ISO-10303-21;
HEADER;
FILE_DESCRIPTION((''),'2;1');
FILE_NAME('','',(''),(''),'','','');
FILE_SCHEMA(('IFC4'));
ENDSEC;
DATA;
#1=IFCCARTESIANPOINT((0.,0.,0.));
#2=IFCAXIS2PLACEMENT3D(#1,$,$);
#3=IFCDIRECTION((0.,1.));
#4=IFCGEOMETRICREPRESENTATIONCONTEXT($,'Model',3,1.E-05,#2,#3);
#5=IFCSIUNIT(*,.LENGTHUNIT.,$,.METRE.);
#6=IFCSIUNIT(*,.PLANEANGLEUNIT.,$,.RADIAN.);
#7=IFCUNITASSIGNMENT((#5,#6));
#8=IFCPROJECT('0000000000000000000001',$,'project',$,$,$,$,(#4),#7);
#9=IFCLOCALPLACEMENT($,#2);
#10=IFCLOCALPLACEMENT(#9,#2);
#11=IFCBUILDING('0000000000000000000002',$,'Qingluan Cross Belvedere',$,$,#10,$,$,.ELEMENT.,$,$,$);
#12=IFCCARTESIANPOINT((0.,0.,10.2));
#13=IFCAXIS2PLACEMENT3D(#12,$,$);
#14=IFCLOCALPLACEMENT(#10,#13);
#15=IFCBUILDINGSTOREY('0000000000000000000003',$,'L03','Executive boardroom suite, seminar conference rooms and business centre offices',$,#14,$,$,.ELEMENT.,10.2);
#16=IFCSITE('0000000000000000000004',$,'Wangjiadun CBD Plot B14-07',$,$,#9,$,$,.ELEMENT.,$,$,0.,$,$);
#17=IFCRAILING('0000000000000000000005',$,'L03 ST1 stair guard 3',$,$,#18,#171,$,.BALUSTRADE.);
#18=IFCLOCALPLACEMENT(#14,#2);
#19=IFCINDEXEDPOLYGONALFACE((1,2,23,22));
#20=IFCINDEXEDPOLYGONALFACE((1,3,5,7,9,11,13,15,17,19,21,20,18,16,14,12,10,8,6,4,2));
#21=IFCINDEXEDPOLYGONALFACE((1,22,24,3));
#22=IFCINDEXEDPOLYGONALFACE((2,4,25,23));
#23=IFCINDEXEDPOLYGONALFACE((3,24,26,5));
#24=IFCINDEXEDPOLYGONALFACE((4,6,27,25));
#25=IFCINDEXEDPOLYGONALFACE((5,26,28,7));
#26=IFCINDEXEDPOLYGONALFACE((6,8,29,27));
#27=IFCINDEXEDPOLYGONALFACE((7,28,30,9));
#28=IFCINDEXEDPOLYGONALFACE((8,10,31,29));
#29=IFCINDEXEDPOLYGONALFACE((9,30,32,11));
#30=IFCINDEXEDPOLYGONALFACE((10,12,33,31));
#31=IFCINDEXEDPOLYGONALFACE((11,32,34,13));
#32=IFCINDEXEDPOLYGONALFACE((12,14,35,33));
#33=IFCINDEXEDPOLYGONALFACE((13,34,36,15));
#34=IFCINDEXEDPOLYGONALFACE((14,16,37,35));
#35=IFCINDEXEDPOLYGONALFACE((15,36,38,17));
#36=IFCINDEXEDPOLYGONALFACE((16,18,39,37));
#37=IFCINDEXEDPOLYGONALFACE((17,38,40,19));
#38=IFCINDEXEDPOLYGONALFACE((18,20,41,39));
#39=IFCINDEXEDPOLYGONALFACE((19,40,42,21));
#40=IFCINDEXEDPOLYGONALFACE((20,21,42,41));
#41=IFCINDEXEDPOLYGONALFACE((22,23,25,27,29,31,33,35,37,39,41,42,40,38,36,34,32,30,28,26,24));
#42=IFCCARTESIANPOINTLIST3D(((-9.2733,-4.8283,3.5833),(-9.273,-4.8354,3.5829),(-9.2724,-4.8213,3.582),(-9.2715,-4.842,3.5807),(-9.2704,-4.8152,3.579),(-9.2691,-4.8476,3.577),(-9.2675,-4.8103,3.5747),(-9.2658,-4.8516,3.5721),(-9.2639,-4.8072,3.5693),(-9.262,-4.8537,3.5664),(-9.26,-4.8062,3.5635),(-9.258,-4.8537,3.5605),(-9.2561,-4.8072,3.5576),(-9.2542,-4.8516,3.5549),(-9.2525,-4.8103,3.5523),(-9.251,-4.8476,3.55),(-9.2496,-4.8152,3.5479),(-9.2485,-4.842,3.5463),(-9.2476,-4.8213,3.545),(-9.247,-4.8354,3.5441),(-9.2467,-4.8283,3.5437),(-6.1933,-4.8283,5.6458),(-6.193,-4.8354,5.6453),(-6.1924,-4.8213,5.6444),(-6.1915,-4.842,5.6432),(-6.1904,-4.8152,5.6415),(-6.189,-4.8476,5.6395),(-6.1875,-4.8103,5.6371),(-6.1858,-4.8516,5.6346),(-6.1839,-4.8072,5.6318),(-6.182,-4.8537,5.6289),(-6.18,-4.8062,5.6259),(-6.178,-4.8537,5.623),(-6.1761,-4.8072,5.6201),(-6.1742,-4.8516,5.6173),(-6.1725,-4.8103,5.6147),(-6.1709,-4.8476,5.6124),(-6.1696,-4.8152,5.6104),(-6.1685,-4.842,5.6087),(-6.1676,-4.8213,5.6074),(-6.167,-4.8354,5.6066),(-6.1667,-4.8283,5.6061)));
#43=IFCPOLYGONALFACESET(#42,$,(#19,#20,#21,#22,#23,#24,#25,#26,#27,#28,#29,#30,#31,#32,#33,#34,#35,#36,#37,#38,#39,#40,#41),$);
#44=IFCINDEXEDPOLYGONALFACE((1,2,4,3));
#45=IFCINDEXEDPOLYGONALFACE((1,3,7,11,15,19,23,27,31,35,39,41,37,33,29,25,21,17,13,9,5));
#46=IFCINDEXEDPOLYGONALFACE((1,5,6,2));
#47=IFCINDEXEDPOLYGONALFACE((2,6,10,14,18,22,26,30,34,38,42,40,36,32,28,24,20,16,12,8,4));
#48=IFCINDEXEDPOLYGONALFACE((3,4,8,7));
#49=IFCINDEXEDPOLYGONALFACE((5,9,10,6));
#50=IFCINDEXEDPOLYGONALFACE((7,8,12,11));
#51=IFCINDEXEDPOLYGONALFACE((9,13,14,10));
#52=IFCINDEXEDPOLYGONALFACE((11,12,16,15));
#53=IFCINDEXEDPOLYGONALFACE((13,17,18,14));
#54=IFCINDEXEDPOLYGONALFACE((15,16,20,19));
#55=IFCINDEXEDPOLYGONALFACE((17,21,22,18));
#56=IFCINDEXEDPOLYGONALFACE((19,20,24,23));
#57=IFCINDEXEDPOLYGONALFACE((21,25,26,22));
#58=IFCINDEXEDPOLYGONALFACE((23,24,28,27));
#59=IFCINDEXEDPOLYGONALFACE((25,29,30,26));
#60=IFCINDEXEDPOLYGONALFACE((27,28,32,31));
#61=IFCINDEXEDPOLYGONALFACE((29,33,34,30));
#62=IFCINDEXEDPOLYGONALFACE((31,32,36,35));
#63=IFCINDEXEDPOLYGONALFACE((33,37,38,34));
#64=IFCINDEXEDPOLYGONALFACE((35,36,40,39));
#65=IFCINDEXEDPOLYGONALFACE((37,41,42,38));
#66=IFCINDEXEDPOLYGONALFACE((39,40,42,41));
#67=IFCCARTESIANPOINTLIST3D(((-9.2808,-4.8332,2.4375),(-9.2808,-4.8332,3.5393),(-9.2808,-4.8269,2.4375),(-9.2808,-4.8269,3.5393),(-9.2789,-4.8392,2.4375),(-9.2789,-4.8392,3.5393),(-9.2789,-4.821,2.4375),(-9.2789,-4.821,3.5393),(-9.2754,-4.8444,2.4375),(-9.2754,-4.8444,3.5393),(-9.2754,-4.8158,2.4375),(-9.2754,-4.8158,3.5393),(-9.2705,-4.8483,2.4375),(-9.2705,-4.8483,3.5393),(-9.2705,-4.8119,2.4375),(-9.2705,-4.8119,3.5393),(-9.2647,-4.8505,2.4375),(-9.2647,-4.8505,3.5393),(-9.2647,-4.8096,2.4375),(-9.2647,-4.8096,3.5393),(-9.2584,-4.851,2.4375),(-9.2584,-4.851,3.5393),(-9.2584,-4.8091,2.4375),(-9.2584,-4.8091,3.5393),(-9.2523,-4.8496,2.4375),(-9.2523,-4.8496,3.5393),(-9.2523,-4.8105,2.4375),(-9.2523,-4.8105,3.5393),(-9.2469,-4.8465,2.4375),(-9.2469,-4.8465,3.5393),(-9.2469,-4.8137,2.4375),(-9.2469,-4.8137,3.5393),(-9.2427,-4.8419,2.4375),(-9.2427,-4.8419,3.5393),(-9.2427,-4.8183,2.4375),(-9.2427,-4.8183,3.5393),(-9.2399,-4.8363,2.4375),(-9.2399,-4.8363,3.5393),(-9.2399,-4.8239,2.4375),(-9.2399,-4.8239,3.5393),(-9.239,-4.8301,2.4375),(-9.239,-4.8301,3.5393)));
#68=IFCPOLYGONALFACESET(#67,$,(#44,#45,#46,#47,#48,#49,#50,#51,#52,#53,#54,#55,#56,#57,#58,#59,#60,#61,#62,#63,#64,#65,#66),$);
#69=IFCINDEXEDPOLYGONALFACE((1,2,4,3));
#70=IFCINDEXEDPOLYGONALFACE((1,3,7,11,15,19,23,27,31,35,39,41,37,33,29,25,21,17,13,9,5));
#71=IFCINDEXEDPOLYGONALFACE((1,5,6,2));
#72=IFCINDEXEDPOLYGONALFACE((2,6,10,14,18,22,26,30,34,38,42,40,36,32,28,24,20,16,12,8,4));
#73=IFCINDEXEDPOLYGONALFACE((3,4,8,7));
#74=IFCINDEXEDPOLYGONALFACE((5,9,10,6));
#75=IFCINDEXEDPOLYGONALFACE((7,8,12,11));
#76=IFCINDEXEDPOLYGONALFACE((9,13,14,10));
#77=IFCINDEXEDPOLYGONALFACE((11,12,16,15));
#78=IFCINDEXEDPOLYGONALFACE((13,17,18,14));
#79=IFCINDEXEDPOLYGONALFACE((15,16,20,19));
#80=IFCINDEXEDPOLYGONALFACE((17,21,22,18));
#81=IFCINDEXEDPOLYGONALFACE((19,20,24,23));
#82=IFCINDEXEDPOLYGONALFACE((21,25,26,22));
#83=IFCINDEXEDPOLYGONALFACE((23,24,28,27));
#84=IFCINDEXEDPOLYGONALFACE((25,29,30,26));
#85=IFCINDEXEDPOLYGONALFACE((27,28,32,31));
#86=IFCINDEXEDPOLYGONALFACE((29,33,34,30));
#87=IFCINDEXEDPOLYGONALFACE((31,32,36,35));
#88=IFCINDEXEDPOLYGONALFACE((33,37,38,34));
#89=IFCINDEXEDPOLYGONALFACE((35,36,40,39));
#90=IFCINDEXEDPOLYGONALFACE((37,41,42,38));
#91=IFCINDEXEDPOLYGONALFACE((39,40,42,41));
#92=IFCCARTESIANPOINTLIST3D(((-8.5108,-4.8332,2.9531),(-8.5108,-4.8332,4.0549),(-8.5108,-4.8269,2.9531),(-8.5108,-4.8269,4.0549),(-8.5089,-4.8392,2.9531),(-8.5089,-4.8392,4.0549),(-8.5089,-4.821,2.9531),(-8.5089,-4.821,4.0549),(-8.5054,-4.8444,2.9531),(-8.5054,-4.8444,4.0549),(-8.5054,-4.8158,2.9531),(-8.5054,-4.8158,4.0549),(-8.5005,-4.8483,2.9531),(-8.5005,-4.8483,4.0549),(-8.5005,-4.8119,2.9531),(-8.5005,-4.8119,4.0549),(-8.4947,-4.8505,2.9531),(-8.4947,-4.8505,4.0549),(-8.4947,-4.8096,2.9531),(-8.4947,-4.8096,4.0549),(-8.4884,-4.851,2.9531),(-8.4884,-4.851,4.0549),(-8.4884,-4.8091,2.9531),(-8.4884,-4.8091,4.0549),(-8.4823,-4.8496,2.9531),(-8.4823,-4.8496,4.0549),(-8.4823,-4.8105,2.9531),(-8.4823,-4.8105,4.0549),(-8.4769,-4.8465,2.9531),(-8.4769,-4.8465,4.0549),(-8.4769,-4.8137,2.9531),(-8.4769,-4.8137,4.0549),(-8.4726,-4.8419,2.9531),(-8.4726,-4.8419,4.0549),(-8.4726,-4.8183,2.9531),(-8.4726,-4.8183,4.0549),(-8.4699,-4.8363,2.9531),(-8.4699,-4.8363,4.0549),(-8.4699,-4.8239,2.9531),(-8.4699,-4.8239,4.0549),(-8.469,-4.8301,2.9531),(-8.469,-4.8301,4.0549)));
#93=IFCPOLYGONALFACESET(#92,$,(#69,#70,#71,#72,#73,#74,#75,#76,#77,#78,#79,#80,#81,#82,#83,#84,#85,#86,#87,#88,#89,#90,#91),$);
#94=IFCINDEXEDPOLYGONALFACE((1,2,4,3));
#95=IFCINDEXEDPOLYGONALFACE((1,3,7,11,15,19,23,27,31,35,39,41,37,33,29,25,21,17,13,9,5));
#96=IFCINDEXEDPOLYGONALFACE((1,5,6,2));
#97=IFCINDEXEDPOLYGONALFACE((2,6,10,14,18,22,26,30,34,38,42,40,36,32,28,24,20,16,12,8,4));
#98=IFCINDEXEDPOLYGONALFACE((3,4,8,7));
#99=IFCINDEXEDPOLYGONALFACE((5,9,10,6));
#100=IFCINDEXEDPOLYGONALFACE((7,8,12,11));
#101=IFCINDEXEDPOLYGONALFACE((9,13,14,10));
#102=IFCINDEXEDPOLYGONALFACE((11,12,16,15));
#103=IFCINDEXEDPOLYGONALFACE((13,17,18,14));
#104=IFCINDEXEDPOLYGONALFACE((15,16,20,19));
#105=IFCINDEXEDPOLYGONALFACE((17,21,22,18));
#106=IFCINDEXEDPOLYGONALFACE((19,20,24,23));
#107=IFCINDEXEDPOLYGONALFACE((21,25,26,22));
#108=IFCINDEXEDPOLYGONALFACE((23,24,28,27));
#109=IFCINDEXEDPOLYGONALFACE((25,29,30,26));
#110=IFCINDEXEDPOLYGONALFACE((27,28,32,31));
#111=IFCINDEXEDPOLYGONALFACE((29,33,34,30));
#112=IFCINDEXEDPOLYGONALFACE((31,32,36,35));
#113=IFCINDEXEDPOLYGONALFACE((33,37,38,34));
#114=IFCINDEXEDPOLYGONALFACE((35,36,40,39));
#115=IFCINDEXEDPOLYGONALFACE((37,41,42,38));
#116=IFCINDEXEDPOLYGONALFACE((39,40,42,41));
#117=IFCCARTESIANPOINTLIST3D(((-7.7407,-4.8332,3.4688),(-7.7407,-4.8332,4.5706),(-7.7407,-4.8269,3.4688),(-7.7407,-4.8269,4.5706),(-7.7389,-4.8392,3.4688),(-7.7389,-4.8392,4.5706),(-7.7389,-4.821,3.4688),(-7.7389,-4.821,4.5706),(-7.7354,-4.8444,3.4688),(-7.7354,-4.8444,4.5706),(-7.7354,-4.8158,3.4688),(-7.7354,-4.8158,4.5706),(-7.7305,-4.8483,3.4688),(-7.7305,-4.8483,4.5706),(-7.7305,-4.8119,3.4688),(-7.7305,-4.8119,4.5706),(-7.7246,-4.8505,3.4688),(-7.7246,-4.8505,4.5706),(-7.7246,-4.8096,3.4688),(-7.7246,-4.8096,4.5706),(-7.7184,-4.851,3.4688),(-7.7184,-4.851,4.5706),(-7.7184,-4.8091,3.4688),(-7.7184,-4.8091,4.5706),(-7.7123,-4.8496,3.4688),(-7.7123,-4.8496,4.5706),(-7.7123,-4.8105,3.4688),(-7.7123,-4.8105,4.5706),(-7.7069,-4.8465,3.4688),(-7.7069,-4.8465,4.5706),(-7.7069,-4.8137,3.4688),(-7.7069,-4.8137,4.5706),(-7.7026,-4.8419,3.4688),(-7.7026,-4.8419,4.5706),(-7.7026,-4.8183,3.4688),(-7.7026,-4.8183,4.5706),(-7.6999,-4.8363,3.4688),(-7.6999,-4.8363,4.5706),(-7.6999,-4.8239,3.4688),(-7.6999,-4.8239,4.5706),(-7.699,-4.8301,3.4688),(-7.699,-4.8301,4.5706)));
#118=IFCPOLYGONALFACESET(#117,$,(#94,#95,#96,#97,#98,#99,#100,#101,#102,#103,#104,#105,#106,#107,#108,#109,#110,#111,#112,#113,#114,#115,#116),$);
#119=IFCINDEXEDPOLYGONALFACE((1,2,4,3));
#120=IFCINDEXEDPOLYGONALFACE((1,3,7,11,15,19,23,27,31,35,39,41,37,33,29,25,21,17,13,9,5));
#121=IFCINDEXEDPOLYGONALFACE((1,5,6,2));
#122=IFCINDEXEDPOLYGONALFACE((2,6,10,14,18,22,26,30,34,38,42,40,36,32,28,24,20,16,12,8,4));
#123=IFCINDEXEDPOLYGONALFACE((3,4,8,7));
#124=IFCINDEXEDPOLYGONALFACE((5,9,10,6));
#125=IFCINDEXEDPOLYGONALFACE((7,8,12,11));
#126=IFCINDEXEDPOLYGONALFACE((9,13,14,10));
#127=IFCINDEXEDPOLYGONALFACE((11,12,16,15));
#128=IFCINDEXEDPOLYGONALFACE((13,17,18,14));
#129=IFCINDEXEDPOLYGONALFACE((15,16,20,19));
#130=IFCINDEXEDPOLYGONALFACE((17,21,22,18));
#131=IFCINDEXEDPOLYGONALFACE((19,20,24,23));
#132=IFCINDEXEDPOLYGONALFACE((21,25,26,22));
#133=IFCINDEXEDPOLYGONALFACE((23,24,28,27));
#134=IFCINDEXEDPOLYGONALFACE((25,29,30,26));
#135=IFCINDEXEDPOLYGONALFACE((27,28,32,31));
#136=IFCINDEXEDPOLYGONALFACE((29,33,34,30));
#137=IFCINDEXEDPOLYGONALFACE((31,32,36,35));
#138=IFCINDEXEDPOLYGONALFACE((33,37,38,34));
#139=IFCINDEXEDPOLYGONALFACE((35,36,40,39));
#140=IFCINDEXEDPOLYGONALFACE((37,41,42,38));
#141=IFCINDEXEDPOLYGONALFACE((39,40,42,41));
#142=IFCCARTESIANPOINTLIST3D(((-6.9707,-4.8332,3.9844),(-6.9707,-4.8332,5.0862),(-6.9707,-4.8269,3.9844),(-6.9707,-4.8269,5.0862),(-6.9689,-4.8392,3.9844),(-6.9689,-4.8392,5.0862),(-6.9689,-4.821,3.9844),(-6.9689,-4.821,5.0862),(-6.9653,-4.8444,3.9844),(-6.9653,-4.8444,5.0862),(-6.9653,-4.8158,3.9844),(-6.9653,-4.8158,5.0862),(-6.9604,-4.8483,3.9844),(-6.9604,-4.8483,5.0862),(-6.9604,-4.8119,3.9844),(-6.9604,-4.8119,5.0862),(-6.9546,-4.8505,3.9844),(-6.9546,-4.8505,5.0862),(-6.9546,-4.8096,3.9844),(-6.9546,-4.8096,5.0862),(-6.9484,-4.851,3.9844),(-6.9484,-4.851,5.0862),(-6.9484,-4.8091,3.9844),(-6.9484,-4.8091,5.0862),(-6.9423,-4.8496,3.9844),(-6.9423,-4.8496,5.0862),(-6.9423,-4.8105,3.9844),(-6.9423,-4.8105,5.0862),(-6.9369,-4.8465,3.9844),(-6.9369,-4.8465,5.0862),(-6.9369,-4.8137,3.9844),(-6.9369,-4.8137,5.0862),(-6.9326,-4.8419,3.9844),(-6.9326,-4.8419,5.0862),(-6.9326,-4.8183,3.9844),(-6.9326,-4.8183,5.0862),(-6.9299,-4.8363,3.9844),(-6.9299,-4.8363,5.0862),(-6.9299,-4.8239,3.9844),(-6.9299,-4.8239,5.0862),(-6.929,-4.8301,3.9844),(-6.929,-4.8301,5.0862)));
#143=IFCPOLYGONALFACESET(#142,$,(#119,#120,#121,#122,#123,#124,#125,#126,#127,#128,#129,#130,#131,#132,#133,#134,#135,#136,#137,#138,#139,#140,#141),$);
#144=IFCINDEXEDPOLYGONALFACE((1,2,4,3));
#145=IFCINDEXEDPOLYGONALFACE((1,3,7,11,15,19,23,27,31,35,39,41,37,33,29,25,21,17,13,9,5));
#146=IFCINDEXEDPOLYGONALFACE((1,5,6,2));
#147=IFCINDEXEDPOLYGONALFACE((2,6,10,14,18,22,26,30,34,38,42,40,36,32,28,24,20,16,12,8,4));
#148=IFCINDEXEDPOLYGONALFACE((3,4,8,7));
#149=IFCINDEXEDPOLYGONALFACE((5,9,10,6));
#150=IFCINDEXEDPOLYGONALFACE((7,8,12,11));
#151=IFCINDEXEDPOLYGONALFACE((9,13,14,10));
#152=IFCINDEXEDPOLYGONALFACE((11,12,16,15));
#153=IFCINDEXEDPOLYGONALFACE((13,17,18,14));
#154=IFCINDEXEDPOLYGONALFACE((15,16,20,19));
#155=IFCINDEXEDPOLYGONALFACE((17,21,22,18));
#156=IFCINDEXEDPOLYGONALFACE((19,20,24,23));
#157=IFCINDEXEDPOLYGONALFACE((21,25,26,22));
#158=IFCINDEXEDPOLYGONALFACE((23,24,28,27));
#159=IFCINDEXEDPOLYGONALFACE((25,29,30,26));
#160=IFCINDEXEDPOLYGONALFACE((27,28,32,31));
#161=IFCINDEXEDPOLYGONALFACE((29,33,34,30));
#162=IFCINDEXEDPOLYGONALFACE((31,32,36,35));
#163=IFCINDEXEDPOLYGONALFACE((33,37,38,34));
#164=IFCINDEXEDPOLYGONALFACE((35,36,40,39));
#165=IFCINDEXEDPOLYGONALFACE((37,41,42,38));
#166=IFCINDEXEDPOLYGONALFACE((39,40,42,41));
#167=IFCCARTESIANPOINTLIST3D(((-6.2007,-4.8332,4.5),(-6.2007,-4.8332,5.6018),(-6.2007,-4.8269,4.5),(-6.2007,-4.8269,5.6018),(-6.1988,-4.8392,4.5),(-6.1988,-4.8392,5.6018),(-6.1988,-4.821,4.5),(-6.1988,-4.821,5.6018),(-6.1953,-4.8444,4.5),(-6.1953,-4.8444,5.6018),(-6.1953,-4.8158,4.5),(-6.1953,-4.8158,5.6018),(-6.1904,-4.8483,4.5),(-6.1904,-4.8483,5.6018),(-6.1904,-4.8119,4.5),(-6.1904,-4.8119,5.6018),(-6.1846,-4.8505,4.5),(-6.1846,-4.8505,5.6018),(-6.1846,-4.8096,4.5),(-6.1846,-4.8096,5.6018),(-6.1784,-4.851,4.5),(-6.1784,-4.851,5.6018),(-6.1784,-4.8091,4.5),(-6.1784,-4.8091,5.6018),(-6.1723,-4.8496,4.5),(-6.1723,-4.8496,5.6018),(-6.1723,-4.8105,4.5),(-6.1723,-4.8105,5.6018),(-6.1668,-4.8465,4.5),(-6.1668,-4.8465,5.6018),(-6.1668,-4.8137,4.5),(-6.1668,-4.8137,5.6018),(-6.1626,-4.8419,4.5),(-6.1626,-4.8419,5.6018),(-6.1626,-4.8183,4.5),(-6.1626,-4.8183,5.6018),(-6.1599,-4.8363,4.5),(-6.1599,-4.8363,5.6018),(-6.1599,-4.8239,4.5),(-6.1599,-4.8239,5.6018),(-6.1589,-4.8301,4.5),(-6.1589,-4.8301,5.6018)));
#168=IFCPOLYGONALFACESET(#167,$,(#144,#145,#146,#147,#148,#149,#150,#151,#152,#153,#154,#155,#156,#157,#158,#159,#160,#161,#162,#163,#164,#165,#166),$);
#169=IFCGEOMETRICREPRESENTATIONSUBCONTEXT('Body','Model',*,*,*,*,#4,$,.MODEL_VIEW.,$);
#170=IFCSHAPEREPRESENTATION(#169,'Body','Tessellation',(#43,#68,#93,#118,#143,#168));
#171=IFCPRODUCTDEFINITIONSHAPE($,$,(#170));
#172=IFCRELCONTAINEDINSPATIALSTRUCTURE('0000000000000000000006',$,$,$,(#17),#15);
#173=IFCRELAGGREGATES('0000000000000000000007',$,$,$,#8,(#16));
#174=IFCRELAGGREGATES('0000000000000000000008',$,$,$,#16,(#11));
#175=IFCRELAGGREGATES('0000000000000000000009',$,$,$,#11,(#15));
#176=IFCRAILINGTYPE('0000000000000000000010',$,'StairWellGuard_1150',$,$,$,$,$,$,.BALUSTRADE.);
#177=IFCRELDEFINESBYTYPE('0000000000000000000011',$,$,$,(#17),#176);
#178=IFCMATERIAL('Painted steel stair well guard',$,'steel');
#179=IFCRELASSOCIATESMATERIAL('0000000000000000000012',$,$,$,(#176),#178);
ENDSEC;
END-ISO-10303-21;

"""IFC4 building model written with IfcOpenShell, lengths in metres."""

from ifc_helpers import new_model, si_unit, direction, frame, origin, origin_2d, place, context, subcontext, project, spatial, circle, extrude, material, type_object, element, save


model = new_model("IFC4")

# Units and contexts
model_context = context("Model", 3, precision=1e-05, world=origin(), true_north=direction((0.0, 1.0)))
body_context = subcontext(model_context, "Body", "Model", "MODEL_VIEW")
ifc_project = project(units=[si_unit("LENGTHUNIT", "METRE"), si_unit("PLANEANGLEUNIT", "RADIAN")], contexts=[model_context])

# Site, building, storey
site_placement = place(None, origin())
site = spatial("IfcSite", under=ifc_project, at=site_placement, Name="Wangjiadun CBD Plot B14-07", CompositionType="ELEMENT", RefElevation=0.0)
building_placement = place(site_placement, origin())
building = spatial("IfcBuilding", under=site, at=building_placement, Name="Qingluan Cross Belvedere", CompositionType="ELEMENT")
storey_placement = place(building_placement, frame((0.0, 0.0, 10.2)))
storey = spatial("IfcBuildingStorey", under=building, at=storey_placement, Name="L03", Description="Executive boardroom suite, seminar conference rooms and business centre offices", CompositionType="ELEMENT", Elevation=10.2)

# Railing
ifc_material_1 = material(Name="Painted steel stair well guard", Category="steel")
railing_type_1 = type_object("IfcRailingType", Name="StairWellGuard_1150", PredefinedType="BALUSTRADE", material=ifc_material_1)
railing_1_placement = place(storey_placement, frame((-9.26, -4.8301, 2.4375)))
element("IfcRailing", 1, at=railing_1_placement, inside=storey, type_object=railing_type_1, Name="L03 ST1 stair guard 3", PredefinedType="BALUSTRADE", context=body_context, shape_type="SweptSolid", body=[
    extrude(circle(Radius=0.0239, at=origin_2d()), frame((0.0, 0.0, 1.126), z_axis=(0.830914, 0.0, 0.556401), x_axis=(0.0, 1.0, 0.0)), (0.0, 0.0, 1.0), 3.7068),
    extrude(circle(Radius=0.021, at=origin_2d()), origin(), (0.0, 0.0, 1.0), 1.1018),
    extrude(circle(Radius=0.021, at=origin_2d()), frame((0.77, 0.0, 0.5156)), (0.0, 0.0, 1.0), 1.1018),
    extrude(circle(Radius=0.021, at=origin_2d()), frame((1.54, 0.0, 1.0312)), (0.0, 0.0, 1.0), 1.1018),
    extrude(circle(Radius=0.021, at=origin_2d()), frame((2.3101, 0.0, 1.5469)), (0.0, 0.0, 1.0), 1.1018),
    extrude(circle(Radius=0.021, at=origin_2d()), frame((3.0801, 0.0, 2.0625)), (0.0, 0.0, 1.0), 1.1018),
])

save(model, "model.ifc")
